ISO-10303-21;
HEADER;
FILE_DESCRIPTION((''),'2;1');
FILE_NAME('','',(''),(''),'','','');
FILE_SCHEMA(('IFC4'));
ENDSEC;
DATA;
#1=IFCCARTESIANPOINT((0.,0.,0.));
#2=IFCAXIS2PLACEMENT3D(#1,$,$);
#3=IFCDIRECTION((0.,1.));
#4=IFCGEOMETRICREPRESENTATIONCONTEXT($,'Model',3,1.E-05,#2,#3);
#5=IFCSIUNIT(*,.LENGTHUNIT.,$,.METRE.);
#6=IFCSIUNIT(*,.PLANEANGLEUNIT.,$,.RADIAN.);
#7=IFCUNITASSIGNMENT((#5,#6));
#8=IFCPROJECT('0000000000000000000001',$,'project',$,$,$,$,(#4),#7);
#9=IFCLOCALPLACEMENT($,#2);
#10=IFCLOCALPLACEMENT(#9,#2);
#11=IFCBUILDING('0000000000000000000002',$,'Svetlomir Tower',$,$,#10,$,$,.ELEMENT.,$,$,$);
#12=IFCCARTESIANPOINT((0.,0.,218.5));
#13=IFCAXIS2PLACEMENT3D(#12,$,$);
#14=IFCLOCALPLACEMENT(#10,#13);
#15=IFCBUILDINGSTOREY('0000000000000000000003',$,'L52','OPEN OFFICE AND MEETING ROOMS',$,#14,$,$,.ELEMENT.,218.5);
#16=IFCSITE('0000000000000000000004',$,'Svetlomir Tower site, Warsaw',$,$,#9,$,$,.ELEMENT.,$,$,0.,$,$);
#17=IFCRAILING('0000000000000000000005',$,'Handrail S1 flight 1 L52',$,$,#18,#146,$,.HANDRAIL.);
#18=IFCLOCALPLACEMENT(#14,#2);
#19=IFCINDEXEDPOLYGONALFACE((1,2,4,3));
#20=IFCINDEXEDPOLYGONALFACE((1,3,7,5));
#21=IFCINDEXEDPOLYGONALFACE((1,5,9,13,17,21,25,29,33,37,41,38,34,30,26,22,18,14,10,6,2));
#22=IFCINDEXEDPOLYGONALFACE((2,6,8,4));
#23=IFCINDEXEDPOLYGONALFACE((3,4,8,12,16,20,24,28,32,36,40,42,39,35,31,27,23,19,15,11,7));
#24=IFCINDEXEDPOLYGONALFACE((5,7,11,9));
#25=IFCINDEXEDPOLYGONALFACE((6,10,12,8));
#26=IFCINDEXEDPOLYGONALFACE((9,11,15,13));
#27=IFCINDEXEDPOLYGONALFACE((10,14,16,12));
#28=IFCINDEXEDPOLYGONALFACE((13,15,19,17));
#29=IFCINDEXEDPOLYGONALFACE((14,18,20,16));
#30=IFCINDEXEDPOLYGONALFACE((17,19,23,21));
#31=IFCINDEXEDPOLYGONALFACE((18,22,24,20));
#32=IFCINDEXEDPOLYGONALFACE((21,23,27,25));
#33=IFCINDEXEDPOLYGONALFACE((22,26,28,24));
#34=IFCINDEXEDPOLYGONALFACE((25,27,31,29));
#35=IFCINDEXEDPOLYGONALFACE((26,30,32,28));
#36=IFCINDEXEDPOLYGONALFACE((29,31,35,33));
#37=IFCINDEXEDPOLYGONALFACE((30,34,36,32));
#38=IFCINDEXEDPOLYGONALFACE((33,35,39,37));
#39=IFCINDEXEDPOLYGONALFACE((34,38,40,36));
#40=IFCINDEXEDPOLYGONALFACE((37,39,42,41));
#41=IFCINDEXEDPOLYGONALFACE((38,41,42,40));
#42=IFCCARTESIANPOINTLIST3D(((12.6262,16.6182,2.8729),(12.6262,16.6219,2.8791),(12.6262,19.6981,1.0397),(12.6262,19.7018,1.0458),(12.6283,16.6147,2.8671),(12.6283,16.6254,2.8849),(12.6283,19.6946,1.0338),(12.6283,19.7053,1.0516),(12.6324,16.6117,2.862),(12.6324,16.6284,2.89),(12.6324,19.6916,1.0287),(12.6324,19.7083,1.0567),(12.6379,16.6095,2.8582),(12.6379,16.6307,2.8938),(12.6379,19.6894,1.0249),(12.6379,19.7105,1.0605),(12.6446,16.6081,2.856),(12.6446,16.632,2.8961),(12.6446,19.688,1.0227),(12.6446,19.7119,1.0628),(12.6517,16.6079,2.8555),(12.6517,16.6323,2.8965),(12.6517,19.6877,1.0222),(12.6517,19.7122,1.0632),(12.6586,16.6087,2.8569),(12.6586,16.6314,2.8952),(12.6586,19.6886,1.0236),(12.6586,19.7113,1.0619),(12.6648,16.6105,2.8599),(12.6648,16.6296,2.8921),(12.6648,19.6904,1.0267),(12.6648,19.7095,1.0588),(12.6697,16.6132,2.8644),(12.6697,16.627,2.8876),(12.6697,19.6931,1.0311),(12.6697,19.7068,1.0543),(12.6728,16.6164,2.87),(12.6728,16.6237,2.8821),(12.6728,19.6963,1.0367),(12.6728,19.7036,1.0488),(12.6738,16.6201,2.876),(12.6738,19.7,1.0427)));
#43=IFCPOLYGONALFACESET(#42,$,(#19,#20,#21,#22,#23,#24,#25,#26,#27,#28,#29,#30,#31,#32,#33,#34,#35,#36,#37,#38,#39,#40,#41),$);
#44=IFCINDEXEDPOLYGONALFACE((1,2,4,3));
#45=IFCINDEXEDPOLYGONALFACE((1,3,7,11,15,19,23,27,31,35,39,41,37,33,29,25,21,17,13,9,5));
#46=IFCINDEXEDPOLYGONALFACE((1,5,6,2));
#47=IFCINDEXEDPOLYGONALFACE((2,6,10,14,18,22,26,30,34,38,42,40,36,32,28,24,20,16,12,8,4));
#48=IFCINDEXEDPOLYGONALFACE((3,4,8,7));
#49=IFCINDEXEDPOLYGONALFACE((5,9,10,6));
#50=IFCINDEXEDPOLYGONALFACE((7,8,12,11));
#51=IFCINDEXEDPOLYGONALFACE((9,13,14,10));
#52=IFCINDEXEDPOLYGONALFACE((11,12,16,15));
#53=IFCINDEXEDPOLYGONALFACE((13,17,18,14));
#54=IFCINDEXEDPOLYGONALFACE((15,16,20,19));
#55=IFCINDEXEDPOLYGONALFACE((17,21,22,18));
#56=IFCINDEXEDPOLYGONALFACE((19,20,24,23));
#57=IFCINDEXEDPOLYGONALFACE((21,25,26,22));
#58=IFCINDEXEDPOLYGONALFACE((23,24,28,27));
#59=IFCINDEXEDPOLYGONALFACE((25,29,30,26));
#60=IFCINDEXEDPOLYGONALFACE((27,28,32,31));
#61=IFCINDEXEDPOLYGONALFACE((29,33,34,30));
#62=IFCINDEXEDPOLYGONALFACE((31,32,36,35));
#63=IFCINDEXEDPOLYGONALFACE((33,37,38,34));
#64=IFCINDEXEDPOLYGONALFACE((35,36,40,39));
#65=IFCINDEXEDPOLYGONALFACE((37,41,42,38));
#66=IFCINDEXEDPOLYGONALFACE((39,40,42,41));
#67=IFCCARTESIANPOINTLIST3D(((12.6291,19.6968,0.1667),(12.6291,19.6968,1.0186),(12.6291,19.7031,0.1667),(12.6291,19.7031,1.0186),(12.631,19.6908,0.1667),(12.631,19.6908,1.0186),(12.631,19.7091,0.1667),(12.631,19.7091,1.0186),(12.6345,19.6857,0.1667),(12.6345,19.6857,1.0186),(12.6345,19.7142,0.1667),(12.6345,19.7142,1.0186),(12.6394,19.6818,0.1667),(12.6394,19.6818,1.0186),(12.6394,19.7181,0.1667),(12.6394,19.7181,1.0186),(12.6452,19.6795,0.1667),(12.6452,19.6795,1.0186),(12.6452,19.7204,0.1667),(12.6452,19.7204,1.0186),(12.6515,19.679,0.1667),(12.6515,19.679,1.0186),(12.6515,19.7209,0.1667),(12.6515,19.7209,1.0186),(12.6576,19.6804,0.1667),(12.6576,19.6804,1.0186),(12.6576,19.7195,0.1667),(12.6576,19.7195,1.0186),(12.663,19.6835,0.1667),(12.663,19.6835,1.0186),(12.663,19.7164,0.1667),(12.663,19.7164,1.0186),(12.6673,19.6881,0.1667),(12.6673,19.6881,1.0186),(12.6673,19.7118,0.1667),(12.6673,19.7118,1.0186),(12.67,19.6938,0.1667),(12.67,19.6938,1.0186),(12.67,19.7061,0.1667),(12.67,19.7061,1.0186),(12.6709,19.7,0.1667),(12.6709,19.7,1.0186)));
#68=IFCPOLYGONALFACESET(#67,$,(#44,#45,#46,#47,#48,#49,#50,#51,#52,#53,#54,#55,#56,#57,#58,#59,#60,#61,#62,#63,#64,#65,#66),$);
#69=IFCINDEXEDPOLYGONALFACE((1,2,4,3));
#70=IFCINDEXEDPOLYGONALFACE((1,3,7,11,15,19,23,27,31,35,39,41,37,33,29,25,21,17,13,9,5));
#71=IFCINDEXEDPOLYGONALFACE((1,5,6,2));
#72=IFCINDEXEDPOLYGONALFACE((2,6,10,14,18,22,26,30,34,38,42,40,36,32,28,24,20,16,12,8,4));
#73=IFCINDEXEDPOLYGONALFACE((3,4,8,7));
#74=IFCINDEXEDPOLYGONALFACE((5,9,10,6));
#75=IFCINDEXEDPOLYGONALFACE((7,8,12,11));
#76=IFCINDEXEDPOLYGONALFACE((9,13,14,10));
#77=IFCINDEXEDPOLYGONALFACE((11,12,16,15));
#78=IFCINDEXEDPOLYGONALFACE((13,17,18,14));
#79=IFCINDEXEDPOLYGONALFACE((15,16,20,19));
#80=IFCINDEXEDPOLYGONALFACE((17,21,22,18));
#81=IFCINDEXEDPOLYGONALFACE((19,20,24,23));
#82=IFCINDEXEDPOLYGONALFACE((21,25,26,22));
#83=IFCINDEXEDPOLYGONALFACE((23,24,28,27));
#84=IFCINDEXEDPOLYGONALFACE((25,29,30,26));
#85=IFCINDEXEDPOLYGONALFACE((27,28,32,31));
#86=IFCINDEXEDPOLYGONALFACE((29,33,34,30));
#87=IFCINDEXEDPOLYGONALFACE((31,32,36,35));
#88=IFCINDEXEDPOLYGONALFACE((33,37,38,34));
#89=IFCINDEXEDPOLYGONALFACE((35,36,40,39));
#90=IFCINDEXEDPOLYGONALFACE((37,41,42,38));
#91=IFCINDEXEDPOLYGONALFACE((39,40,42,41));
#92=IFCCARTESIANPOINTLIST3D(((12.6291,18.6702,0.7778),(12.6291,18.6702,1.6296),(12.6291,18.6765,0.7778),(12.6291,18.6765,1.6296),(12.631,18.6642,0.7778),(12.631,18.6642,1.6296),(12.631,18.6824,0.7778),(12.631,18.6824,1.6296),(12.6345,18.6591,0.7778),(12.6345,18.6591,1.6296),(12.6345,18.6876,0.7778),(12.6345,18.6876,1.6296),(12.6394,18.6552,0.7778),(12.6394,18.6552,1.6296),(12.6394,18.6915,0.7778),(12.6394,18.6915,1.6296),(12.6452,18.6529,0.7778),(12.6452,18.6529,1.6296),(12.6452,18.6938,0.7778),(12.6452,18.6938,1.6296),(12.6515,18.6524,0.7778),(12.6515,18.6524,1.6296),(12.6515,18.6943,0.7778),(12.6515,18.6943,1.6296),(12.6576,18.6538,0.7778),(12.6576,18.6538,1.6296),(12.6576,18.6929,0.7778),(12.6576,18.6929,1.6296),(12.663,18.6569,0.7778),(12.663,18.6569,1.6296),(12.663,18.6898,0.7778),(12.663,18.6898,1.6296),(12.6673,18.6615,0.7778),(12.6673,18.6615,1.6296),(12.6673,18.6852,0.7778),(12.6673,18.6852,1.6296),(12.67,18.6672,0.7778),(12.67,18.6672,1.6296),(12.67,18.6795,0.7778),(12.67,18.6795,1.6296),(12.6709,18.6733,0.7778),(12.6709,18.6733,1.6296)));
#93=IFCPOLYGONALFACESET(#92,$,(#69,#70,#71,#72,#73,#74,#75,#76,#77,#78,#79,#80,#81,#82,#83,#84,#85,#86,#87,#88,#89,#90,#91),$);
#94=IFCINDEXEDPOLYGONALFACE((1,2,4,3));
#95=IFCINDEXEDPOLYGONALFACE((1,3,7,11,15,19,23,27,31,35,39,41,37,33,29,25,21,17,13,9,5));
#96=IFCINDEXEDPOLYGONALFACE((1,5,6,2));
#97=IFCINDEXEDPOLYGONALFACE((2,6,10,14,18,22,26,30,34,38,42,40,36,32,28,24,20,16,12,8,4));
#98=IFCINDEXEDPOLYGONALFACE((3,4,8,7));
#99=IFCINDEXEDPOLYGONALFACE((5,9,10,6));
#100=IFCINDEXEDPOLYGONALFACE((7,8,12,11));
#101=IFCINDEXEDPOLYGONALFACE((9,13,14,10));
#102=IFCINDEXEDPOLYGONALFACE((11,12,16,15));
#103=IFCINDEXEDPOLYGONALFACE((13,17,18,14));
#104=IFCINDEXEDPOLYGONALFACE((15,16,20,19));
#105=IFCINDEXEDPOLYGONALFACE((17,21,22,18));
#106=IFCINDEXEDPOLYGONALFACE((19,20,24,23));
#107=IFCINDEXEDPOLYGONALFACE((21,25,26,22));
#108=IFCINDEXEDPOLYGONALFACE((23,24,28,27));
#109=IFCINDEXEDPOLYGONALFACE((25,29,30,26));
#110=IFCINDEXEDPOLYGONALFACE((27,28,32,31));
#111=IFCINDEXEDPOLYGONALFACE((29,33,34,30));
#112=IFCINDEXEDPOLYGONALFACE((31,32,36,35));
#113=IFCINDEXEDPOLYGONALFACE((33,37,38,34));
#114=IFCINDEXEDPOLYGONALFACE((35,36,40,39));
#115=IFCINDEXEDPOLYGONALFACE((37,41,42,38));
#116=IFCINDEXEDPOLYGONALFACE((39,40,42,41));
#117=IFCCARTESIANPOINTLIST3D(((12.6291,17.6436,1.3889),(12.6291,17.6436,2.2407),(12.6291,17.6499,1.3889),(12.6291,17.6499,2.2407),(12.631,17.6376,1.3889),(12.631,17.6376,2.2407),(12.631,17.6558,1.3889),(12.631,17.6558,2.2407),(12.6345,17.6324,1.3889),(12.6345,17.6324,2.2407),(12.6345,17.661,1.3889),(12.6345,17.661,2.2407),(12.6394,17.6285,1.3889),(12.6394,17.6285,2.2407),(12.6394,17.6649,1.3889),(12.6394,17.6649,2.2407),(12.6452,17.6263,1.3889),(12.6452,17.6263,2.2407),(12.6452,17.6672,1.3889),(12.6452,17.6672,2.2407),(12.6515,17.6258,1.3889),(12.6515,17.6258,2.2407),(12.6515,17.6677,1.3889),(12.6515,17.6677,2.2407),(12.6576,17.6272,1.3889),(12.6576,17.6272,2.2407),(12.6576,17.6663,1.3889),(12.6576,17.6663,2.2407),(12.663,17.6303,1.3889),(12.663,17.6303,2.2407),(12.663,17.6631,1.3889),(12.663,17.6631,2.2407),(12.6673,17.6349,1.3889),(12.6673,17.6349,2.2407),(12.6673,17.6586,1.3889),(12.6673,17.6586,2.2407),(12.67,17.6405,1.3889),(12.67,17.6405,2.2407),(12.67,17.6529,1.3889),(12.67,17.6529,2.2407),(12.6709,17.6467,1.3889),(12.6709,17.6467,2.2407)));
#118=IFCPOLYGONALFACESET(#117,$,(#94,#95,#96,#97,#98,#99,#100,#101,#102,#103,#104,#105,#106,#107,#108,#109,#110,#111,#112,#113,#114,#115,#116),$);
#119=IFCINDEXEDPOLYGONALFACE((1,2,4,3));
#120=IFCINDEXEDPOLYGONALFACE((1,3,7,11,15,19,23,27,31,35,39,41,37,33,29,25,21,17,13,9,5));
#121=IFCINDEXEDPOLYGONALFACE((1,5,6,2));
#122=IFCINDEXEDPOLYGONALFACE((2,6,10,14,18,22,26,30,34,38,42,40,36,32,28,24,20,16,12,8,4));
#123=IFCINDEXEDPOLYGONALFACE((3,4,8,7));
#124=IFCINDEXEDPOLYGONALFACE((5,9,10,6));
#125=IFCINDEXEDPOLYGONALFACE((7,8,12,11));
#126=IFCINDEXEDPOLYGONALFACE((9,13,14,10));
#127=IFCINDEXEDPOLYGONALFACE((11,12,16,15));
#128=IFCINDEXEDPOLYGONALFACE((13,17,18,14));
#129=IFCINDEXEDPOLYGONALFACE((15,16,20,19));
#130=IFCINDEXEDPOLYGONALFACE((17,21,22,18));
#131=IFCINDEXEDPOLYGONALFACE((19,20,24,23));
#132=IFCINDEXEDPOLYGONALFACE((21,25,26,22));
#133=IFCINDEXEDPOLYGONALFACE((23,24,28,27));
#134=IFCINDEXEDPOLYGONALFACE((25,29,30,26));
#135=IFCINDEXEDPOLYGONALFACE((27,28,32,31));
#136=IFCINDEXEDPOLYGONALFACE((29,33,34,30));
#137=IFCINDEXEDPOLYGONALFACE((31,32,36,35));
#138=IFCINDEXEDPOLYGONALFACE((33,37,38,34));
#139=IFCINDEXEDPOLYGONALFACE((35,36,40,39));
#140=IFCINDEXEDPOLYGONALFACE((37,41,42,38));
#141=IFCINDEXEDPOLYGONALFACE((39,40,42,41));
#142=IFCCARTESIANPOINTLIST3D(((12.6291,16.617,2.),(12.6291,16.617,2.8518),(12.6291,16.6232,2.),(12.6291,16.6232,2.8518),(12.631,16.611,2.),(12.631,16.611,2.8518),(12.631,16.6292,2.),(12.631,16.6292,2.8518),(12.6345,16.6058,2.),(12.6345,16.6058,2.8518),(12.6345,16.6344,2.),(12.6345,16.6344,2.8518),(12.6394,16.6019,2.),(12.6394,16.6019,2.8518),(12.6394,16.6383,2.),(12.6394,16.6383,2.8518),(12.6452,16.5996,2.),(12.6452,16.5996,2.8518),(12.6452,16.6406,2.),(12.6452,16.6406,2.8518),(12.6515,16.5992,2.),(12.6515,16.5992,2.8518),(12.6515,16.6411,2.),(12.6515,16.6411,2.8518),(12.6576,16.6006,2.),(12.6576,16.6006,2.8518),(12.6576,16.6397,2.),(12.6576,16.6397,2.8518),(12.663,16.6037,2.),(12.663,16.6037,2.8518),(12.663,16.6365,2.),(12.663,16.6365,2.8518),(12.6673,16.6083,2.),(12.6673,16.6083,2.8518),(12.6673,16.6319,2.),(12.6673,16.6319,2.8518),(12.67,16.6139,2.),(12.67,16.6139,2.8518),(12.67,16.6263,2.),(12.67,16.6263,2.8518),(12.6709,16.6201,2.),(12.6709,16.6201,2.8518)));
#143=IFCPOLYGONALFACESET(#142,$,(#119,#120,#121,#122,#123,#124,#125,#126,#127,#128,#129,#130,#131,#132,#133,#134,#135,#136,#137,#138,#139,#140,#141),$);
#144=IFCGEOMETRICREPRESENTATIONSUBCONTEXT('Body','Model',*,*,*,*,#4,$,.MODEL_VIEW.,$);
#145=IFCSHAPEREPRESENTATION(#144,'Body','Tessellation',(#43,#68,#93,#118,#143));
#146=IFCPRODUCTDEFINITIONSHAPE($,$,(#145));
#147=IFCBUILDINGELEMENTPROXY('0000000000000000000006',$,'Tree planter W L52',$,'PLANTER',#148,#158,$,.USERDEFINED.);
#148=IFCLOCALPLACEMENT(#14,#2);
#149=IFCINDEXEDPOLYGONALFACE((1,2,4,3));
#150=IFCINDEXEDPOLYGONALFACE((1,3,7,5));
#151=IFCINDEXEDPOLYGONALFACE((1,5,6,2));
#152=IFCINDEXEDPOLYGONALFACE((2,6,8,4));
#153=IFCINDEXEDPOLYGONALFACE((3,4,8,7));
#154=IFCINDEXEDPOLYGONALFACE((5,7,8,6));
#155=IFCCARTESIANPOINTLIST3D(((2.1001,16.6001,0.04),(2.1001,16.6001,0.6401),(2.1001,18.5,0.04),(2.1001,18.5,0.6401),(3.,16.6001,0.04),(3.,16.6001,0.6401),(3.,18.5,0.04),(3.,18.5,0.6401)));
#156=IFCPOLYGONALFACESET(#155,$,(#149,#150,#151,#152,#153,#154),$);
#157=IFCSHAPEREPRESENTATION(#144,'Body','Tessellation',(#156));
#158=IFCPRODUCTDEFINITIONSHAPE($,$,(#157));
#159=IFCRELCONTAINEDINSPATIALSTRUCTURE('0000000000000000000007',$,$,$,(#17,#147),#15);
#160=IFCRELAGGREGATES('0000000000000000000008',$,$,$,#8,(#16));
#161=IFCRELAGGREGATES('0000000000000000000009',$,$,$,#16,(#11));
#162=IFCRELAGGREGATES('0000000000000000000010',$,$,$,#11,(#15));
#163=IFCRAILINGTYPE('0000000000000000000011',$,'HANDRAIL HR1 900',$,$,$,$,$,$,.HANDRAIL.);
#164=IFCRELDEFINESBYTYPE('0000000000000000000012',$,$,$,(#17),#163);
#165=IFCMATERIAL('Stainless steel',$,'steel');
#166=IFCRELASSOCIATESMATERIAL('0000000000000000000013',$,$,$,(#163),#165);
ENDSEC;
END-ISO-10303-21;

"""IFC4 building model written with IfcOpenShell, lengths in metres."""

from ifc_helpers import new_model, si_unit, direction, frame, origin, origin_2d, place, context, subcontext, project, spatial, rectangle, circle, extrude, material, type_object, element, save


model = new_model("IFC4")

# Units and contexts
model_context = context("Model", 3, precision=1e-05, world=origin(), true_north=direction((0.0, 1.0)))
body_context = subcontext(model_context, "Body", "Model", "MODEL_VIEW")
ifc_project = project(units=[si_unit("LENGTHUNIT", "METRE"), si_unit("PLANEANGLEUNIT", "RADIAN")], contexts=[model_context])

# Site, building, storey
site_placement = place(None, origin())
site = spatial("IfcSite", under=ifc_project, at=site_placement, Name="Svetlomir Tower site, Warsaw", CompositionType="ELEMENT", RefElevation=0.0)
building_placement = place(site_placement, origin())
building = spatial("IfcBuilding", under=site, at=building_placement, Name="Svetlomir Tower", CompositionType="ELEMENT")
storey_placement = place(building_placement, frame((0.0, 0.0, 218.5)))
storey = spatial("IfcBuildingStorey", under=building, at=storey_placement, Name="L52", Description="OPEN OFFICE AND MEETING ROOMS", CompositionType="ELEMENT", Elevation=218.5)

# Railing
ifc_material_1 = material(Name="Stainless steel", Category="steel")
railing_type_1 = type_object("IfcRailingType", Name="HANDRAIL HR1 900", PredefinedType="HANDRAIL", material=ifc_material_1)
railing_placement = place(storey_placement, frame((12.6499, 19.7, 0.1667)))
element("IfcRailing", 1, at=railing_placement, inside=storey, type_object=railing_type_1, Name="Handrail S1 flight 1 L52", PredefinedType="HANDRAIL", context=body_context, shape_type="SweptSolid", body=[
    extrude(circle(Radius=0.0239, at=origin_2d()), frame((0.0, 0.0, 0.876), z_axis=(0.0, -0.859291, 0.511487), x_axis=(1.0, 0.0, 0.0)), (0.0, 0.0, 1.0), 3.5842),
    extrude(circle(Radius=0.021, at=origin_2d()), origin(), (0.0, 0.0, 1.0), 0.8518),
    extrude(circle(Radius=0.021, at=origin_2d()), frame((0.0, -1.0266, 0.6111)), (0.0, 0.0, 1.0), 0.8518),
    extrude(circle(Radius=0.021, at=origin_2d()), frame((0.0, -2.0532, 1.2222)), (0.0, 0.0, 1.0), 0.8518),
    extrude(circle(Radius=0.021, at=origin_2d()), frame((0.0, -3.0798, 1.8333)), (0.0, 0.0, 1.0), 0.8518),
])

# Building element proxy
proxy_placement = place(storey_placement, frame((2.55, 17.55, 0.04), z_axis=(0.0, 0.0, 1.0), x_axis=(1.0, 0.0, 0.0)))
element("IfcBuildingElementProxy", 2, at=proxy_placement, inside=storey, Name="Tree planter W L52", ObjectType="PLANTER", PredefinedType="USERDEFINED", context=body_context, shape_type="SweptSolid", body=[
    extrude(rectangle(XDim=0.8999, YDim=1.8999, at=origin_2d()), origin(), (0.0, 0.0, 1.0), 0.6001),
])

save(model, "model.ifc")
